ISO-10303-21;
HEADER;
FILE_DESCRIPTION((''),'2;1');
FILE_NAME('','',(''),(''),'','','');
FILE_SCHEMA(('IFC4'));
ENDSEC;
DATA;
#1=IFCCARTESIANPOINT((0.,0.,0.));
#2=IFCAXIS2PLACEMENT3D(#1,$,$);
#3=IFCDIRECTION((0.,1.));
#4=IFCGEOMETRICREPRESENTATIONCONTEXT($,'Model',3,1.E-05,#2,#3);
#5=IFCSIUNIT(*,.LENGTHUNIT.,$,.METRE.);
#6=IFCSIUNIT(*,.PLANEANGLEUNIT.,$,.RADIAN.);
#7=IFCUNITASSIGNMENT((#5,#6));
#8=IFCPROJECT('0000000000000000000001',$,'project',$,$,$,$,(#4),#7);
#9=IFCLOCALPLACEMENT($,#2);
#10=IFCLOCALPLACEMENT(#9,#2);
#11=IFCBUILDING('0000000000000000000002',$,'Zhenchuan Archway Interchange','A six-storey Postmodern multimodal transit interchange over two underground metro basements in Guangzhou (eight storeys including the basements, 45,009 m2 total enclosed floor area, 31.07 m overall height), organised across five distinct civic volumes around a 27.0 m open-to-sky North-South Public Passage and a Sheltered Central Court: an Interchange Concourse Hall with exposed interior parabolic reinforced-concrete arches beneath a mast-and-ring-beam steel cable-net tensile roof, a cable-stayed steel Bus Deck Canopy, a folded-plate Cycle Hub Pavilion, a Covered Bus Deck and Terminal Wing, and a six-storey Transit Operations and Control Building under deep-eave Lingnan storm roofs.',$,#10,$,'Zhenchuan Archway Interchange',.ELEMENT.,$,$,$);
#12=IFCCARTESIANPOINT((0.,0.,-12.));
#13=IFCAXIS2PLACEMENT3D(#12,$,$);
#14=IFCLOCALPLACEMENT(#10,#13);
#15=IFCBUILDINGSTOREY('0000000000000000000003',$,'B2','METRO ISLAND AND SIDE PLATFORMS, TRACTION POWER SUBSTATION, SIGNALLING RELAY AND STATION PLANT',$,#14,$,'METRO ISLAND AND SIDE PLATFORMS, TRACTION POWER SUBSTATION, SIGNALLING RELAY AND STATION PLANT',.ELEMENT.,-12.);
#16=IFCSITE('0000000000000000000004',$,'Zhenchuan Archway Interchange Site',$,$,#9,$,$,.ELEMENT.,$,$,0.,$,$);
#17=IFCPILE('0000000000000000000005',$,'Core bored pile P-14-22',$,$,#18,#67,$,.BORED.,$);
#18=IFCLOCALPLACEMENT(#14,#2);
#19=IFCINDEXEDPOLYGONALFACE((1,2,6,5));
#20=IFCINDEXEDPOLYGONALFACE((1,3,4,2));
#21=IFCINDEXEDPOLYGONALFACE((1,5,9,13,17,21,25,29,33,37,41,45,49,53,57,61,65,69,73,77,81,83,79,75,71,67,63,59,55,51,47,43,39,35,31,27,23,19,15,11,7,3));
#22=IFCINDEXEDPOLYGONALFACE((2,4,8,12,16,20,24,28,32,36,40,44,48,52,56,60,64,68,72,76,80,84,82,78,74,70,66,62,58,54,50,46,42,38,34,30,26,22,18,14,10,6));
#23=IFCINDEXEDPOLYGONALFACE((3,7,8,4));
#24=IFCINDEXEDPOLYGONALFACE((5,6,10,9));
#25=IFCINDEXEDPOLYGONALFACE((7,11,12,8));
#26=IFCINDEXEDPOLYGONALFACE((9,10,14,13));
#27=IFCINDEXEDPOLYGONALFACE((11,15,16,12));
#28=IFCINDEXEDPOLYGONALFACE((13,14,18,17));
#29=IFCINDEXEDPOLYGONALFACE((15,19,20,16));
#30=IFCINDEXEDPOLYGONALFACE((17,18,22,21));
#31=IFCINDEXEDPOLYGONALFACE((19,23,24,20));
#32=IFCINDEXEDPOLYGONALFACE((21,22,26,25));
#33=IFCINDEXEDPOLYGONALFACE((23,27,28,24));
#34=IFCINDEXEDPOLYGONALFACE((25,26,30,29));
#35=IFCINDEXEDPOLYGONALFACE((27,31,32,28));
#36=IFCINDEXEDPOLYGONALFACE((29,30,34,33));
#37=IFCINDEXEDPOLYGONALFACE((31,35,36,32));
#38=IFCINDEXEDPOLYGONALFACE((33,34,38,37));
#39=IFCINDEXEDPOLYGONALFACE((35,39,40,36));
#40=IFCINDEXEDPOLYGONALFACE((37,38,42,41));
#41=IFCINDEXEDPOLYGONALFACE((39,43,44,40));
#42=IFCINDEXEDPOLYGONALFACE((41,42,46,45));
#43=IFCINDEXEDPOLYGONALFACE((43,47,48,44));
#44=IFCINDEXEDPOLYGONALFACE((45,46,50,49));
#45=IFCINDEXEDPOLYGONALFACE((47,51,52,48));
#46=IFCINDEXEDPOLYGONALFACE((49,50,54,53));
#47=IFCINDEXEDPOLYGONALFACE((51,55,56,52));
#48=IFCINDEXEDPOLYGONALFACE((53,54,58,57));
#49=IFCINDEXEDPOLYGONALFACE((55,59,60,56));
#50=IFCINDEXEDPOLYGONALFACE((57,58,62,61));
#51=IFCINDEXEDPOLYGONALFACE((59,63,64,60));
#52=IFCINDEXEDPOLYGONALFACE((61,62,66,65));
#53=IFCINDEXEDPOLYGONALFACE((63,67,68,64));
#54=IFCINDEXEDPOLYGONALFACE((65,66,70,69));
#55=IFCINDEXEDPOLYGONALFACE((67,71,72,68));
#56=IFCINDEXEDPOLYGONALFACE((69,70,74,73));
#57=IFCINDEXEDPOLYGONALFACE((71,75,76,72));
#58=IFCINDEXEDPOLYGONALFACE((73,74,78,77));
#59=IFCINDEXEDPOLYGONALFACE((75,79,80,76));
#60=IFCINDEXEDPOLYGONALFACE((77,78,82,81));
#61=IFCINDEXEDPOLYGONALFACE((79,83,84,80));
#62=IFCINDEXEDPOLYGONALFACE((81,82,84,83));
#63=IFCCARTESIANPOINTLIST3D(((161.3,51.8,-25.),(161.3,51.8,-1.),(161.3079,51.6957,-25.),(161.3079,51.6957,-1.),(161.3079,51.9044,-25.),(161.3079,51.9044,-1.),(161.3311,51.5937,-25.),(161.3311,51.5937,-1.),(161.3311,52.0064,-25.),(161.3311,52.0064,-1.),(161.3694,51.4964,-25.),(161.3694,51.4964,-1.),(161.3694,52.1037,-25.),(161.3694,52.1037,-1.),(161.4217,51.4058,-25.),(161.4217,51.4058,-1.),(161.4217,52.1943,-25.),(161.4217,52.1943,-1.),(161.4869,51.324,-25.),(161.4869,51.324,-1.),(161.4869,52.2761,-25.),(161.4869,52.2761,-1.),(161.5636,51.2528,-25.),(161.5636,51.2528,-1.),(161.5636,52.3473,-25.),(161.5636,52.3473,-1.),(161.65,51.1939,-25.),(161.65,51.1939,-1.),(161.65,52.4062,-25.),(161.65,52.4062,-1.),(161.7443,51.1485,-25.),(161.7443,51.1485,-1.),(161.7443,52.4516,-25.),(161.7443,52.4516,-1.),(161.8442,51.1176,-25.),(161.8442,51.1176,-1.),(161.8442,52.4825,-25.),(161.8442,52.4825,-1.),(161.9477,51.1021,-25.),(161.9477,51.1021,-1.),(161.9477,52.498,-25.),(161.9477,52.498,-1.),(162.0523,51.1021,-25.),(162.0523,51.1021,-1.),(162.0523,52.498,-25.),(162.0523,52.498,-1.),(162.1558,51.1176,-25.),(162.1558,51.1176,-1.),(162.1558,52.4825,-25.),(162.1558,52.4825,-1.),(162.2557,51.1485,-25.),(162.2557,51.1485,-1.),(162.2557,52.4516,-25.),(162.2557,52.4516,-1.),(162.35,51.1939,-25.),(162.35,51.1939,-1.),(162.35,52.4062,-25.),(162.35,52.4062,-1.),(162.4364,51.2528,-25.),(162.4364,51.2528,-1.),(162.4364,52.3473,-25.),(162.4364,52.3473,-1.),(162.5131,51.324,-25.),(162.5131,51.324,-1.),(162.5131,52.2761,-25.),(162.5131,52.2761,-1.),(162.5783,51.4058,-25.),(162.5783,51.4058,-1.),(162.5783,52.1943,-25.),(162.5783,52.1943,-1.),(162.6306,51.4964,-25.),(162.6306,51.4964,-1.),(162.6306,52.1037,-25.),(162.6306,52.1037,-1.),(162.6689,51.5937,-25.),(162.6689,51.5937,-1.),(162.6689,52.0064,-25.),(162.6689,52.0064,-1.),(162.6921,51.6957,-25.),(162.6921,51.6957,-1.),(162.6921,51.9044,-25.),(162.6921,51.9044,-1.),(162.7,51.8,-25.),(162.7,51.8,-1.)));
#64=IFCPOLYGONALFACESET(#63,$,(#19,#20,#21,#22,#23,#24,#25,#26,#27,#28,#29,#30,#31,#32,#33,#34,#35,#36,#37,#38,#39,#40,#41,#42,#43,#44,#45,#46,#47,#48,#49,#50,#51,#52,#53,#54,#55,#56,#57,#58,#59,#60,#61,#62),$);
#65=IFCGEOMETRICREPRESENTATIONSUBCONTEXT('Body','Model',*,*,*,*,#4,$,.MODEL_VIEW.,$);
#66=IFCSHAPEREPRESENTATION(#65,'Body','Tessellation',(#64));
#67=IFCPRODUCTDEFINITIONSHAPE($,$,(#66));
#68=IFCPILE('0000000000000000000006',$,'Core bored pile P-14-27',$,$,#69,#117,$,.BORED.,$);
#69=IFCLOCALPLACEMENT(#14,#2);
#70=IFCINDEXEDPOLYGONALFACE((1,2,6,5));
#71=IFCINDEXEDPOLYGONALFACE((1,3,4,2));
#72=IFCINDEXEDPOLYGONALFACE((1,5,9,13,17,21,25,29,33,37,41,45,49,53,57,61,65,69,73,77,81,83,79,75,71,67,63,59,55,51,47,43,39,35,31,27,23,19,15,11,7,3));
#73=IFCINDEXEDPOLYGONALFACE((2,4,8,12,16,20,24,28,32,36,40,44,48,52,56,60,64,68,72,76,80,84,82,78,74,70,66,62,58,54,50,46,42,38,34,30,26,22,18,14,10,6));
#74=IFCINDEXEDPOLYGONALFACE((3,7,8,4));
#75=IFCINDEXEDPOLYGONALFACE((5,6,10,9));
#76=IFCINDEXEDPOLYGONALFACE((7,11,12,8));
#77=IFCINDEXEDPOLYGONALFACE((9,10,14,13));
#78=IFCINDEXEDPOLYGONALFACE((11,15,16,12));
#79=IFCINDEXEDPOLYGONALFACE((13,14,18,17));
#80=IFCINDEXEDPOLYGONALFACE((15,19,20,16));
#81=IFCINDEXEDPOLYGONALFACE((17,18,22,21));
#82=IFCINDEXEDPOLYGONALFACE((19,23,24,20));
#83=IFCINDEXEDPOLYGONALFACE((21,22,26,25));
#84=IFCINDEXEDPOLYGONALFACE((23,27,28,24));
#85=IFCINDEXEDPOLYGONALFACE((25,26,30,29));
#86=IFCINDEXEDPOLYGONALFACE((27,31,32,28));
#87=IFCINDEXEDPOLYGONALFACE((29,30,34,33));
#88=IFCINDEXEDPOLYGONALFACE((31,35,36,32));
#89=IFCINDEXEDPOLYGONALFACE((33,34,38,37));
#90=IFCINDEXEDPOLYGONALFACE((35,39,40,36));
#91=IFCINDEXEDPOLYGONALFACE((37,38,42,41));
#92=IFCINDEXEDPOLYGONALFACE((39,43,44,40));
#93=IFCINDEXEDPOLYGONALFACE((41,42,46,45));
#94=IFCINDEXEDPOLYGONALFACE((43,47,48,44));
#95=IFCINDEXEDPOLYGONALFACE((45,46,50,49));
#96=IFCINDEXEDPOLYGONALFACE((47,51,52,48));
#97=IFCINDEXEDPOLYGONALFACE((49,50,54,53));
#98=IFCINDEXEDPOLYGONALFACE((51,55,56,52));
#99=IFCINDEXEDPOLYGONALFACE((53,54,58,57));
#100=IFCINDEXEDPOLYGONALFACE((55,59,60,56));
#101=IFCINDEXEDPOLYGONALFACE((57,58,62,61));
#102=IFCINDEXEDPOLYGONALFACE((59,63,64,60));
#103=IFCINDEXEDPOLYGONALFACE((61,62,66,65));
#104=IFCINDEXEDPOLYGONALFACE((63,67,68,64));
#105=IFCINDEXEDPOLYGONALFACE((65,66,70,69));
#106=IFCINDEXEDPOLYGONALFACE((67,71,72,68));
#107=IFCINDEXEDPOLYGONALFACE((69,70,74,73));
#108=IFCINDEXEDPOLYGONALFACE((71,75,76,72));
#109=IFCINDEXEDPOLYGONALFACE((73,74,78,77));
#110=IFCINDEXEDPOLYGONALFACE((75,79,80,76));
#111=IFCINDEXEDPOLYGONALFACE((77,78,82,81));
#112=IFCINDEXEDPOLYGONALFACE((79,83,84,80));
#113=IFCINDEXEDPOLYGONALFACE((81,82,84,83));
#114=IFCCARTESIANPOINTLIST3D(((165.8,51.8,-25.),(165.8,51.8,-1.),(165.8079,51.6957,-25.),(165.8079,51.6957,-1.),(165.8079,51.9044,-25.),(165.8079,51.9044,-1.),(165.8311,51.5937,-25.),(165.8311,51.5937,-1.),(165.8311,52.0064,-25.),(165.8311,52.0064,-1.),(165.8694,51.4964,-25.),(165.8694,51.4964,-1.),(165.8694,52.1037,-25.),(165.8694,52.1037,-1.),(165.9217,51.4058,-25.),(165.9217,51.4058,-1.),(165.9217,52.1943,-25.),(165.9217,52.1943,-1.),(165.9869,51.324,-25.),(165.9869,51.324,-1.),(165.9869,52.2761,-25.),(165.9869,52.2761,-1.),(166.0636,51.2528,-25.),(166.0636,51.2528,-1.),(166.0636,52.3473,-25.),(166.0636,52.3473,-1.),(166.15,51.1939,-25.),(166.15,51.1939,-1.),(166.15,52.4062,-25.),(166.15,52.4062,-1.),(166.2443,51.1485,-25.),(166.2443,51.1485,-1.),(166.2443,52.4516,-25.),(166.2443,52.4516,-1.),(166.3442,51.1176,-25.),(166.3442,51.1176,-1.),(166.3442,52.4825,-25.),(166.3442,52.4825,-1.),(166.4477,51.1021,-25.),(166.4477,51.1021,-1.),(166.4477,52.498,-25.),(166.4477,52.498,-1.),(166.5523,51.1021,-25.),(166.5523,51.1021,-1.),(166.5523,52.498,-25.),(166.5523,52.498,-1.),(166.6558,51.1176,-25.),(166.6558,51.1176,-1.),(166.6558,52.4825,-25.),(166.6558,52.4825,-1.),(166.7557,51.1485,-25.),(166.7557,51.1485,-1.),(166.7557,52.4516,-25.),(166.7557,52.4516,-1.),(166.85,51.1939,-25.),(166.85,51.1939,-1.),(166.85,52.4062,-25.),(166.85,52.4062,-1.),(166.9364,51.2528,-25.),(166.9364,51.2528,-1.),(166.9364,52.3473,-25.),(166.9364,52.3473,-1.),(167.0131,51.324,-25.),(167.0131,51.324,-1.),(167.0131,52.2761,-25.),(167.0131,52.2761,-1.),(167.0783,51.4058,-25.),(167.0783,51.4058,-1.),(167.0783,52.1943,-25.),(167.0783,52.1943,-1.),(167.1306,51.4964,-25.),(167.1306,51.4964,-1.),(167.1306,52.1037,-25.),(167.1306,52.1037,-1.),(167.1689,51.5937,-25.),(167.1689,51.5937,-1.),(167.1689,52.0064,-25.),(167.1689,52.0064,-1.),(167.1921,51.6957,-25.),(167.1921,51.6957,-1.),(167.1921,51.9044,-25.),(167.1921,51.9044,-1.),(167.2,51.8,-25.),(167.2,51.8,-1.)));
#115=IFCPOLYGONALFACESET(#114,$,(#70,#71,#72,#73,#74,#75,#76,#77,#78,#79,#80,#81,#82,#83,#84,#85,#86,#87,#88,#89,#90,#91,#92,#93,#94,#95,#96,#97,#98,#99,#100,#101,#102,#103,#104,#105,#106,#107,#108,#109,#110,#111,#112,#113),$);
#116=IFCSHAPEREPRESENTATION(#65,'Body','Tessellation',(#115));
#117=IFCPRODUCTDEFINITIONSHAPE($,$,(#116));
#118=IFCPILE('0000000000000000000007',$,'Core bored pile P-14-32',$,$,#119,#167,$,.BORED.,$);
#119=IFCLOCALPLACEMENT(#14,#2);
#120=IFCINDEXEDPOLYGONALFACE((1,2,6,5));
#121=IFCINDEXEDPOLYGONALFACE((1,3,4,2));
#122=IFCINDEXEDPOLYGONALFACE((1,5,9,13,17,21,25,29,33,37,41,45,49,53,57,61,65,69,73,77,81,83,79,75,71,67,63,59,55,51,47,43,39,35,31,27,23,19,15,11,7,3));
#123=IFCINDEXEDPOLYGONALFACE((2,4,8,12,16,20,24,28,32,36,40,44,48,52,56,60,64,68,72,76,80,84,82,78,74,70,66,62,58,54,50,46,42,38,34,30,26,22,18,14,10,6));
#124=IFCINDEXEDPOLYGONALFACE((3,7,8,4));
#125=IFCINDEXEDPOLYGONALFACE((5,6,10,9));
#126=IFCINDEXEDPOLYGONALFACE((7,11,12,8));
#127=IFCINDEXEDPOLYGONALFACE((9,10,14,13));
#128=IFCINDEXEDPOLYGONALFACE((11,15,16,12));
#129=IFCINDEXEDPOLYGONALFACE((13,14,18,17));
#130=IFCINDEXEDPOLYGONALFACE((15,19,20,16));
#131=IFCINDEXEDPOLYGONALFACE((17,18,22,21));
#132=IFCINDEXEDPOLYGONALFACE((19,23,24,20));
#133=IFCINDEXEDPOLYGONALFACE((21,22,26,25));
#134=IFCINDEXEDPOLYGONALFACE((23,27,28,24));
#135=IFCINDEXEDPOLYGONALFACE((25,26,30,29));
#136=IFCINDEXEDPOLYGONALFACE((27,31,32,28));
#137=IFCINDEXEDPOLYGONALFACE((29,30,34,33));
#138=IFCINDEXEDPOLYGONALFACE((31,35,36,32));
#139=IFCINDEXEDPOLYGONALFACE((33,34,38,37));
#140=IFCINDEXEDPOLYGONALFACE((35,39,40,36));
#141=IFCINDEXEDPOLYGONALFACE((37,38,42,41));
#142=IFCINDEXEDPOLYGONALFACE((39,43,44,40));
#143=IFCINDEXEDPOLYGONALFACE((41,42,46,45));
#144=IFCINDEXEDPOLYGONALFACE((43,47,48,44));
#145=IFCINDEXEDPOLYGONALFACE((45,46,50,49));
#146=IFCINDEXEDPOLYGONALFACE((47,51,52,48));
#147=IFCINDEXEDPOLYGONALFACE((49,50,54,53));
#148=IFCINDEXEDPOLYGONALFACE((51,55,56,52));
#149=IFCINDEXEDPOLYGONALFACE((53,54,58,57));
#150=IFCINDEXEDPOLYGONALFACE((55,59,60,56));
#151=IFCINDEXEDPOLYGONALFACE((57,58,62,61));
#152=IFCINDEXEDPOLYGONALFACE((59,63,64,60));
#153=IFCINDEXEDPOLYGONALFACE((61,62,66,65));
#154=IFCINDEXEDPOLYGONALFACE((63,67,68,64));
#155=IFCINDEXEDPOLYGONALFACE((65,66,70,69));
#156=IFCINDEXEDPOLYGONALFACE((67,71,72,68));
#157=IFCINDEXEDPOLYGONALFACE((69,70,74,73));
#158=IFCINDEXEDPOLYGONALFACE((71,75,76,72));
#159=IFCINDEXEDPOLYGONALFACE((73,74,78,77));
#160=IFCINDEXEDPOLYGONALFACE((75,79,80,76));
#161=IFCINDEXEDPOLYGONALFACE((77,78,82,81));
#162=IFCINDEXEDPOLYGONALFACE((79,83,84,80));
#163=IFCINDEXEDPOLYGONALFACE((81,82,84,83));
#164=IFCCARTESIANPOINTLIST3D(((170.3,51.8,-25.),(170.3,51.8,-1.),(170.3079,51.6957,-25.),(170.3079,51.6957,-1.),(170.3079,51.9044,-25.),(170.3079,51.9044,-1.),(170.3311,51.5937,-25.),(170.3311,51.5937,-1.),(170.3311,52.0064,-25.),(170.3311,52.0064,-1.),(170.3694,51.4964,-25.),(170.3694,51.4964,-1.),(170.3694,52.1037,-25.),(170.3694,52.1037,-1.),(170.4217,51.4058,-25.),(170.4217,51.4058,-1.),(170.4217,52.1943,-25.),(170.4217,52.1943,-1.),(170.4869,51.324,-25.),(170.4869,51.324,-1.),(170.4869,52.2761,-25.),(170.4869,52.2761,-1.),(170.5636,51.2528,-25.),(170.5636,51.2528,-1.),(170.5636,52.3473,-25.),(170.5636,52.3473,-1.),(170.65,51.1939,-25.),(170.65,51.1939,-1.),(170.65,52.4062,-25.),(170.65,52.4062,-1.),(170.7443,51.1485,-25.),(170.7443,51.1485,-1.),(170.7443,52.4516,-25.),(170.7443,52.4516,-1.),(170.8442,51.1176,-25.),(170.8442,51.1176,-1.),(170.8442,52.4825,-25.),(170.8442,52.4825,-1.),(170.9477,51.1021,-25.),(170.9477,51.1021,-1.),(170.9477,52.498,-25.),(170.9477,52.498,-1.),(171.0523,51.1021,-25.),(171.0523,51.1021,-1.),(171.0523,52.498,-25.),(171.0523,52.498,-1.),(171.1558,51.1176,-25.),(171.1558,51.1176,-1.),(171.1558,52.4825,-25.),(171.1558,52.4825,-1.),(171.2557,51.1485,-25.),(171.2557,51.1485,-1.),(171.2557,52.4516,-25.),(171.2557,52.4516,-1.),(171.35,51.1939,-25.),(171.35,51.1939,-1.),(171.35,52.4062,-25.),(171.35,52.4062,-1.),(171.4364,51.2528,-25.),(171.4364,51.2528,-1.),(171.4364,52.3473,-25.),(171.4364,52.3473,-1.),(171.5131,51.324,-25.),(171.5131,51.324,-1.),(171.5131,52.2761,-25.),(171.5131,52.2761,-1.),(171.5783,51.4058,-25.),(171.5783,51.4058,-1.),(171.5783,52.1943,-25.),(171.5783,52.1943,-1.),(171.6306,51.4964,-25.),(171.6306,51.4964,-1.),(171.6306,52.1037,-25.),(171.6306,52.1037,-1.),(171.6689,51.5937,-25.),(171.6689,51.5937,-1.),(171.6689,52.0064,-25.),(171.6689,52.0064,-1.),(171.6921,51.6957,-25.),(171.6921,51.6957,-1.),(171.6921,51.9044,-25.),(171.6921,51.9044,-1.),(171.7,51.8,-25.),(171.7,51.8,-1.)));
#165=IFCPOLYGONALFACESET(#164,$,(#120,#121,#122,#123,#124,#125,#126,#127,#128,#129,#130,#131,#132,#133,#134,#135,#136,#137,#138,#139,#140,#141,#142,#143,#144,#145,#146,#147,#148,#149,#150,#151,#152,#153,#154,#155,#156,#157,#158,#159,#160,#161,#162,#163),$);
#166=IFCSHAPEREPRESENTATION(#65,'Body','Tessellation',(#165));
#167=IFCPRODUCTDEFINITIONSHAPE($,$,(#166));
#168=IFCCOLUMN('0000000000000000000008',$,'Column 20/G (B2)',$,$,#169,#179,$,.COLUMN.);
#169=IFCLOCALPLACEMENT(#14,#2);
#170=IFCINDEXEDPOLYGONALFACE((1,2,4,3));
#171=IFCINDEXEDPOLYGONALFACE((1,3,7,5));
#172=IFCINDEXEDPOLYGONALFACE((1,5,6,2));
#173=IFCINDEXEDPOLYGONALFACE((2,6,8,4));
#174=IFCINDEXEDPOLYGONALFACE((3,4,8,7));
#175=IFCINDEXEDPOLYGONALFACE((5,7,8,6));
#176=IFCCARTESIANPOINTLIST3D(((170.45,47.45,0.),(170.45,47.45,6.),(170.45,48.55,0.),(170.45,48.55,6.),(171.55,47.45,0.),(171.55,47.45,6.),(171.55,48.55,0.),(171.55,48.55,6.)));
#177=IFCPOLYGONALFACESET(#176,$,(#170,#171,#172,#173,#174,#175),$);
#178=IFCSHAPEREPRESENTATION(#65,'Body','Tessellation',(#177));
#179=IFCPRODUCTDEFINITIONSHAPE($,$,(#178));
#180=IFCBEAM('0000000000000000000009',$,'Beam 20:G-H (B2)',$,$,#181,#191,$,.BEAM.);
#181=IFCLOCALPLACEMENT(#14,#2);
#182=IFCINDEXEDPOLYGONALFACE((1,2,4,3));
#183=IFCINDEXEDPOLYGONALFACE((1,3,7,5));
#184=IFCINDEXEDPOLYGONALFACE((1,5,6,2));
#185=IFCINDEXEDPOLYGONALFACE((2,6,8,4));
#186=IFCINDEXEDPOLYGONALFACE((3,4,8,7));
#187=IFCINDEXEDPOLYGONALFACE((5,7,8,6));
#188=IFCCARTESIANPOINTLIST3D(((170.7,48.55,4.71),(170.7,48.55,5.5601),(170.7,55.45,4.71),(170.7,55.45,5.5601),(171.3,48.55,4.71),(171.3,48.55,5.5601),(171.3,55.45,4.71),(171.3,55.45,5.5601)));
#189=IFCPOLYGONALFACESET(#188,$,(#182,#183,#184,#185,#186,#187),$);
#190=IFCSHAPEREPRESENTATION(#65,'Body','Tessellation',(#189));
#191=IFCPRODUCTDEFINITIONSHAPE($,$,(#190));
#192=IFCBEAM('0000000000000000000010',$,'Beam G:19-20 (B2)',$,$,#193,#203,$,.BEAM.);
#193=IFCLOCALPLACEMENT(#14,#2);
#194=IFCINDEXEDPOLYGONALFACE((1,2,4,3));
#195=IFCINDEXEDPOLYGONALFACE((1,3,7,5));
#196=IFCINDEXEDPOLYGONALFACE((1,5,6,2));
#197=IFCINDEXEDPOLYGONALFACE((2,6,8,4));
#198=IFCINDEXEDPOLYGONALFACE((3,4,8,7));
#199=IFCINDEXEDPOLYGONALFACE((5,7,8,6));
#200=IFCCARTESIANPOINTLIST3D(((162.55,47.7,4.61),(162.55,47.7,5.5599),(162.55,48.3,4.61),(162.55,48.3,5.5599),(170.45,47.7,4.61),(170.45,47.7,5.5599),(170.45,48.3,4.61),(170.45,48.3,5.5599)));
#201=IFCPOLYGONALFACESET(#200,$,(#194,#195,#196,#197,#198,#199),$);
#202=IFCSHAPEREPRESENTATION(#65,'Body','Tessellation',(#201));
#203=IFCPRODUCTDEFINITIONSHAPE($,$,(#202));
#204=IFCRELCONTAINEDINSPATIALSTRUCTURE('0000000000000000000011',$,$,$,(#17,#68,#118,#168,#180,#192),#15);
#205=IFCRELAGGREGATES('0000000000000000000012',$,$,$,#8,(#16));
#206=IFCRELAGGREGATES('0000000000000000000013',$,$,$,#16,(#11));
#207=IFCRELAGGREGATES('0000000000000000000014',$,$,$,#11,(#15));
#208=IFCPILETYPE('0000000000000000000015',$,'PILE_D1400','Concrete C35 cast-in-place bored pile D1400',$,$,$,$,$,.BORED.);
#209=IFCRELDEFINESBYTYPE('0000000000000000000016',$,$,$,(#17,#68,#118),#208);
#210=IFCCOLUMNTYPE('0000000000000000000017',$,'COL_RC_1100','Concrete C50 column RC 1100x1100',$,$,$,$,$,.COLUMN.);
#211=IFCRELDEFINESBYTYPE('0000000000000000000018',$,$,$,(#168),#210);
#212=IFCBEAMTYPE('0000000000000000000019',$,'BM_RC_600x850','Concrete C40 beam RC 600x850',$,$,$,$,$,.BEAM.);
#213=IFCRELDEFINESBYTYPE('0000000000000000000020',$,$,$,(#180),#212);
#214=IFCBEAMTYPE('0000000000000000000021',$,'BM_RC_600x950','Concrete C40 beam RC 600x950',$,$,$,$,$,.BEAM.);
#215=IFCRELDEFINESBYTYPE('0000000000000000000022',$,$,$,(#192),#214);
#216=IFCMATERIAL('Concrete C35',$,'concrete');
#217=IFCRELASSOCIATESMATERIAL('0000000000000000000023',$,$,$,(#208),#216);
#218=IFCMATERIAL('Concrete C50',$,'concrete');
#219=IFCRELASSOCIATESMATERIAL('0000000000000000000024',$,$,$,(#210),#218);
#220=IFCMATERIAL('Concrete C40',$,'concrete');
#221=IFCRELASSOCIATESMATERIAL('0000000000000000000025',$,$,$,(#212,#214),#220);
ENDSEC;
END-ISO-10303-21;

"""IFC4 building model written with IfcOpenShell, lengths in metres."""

from ifc_helpers import new_model, si_unit, direction, frame, origin, origin_2d, place, context, subcontext, project, spatial, rectangle, circle, extrude, material, material_profile, profile_set, type_object, element, save


model = new_model("IFC4")

# Units and contexts
model_context = context("Model", 3, precision=1e-05, world=origin(), true_north=direction((0.0, 1.0)))
body_context = subcontext(model_context, "Body", "Model", "MODEL_VIEW")
ifc_project = project(units=[si_unit("LENGTHUNIT", "METRE"), si_unit("PLANEANGLEUNIT", "RADIAN")], contexts=[model_context])

# Site, building, storey
site_placement = place(None, origin())
site = spatial("IfcSite", under=ifc_project, at=site_placement, Name="Zhenchuan Archway Interchange Site", CompositionType="ELEMENT", RefElevation=0.0)
building_placement = place(site_placement, origin())
building = spatial("IfcBuilding", under=site, at=building_placement, Name="Zhenchuan Archway Interchange", Description="A six-storey Postmodern multimodal transit interchange over two underground metro basements in Guangzhou (eight storeys including the basements, 45,009 m2 total enclosed floor area, 31.07 m overall height), organised across five distinct civic volumes around a 27.0 m open-to-sky North-South Public Passage and a Sheltered Central Court: an Interchange Concourse Hall with exposed interior parabolic reinforced-concrete arches beneath a mast-and-ring-beam steel cable-net tensile roof, a cable-stayed steel Bus Deck Canopy, a folded-plate Cycle Hub Pavilion, a Covered Bus Deck and Terminal Wing, and a six-storey Transit Operations and Control Building under deep-eave Lingnan storm roofs.", LongName="Zhenchuan Archway Interchange", CompositionType="ELEMENT")
storey_placement = place(building_placement, frame((0.0, 0.0, -12.0)))
storey = spatial("IfcBuildingStorey", under=building, at=storey_placement, Name="B2", Description="METRO ISLAND AND SIDE PLATFORMS, TRACTION POWER SUBSTATION, SIGNALLING RELAY AND STATION PLANT", LongName="METRO ISLAND AND SIDE PLATFORMS, TRACTION POWER SUBSTATION, SIGNALLING RELAY AND STATION PLANT", CompositionType="ELEMENT", Elevation=-12.0)

# Piles
ifc_material_1 = material(Name="Concrete C35", Category="concrete")
ifc_material_profile_1 = material_profile(ifc_material_1, circle(Radius=0.7, at=origin_2d()), Name="BORED PILE 1400")
ifc_profile_set_1 = profile_set([ifc_material_profile_1], Name="Concrete C35")
pile_type = type_object("IfcPileType", Name="PILE_D1400", Description="Concrete C35 cast-in-place bored pile D1400", PredefinedType="BORED", material=ifc_profile_set_1)
for number, where, z_axis, x_axis, name in (
    (1, (162.0, 51.8, -1.0), (0.0, 0.0, -1.0), (1.0, 0.0, 0.0), "Core bored pile P-14-22"),
    (2, (166.5, 51.8, -1.0), (0.0, 0.0, -1.0), (1.0, 0.0, 0.0), "Core bored pile P-14-27"),
    (3, (171.0, 51.8, -1.0), (0.0, 0.0, -1.0), (1.0, 0.0, 0.0), "Core bored pile P-14-32"),
):
    element("IfcPile", number, at=place(storey_placement, frame(where, z_axis=z_axis, x_axis=x_axis)), inside=storey, type_object=pile_type, Name=name, PredefinedType="BORED", context=body_context, shape_type="SweptSolid", body=[
        extrude(circle(Radius=0.7, at=origin_2d()), origin(), (0.0, 0.0, 1.0), 24.0),
    ])

# Column
ifc_material_2 = material(Name="Concrete C50", Category="concrete")
ifc_material_profile_2 = material_profile(ifc_material_2, rectangle(XDim=1.1001, YDim=1.1001, at=origin_2d()), Name="RC 1100x1100")
ifc_profile_set_2 = profile_set([ifc_material_profile_2], Name="Concrete C50")
column_type = type_object("IfcColumnType", Name="COL_RC_1100", Description="Concrete C50 column RC 1100x1100", PredefinedType="COLUMN", material=ifc_profile_set_2)
column_placement = place(storey_placement, frame((171.0, 48.0, 0.0), z_axis=(0.0, 0.0, 1.0), x_axis=(1.0, 0.0, 0.0)))
element("IfcColumn", 4, at=column_placement, inside=storey, type_object=column_type, Name="Column 20/G (B2)", PredefinedType="COLUMN", context=body_context, shape_type="SweptSolid", body=[
    extrude(rectangle(XDim=1.1001, YDim=1.1001, at=origin_2d()), origin(), (0.0, 0.0, 1.0), 6.0),
])

# Beams
ifc_material_3 = material(Name="Concrete C40", Category="concrete")
ifc_material_profile_3 = material_profile(ifc_material_3, rectangle(XDim=0.6001, YDim=0.8501, at=origin_2d()), Name="RC 600x850")
ifc_profile_set_3 = profile_set([ifc_material_profile_3], Name="Concrete C40")
beam_type_1 = type_object("IfcBeamType", Name="BM_RC_600x850", Description="Concrete C40 beam RC 600x850", PredefinedType="BEAM", material=ifc_profile_set_3)
beam_1_placement = place(storey_placement, frame((171.0, 48.55, 5.135), z_axis=(0.0, 1.0, 0.0), x_axis=(-1.0, 0.0, 0.0)))
element("IfcBeam", 5, at=beam_1_placement, inside=storey, type_object=beam_type_1, Name="Beam 20:G-H (B2)", PredefinedType="BEAM", context=body_context, shape_type="SweptSolid", body=[
    extrude(rectangle(XDim=0.6001, YDim=0.8501, at=origin_2d()), origin(), (0.0, 0.0, 1.0), 6.8999),
])
ifc_material_profile_4 = material_profile(ifc_material_3, rectangle(XDim=0.6001, YDim=0.95, at=origin_2d()), Name="RC 600x950")
ifc_profile_set_4 = profile_set([ifc_material_profile_4], Name="Concrete C40")
beam_type_2 = type_object("IfcBeamType", Name="BM_RC_600x950", Description="Concrete C40 beam RC 600x950", PredefinedType="BEAM", material=ifc_profile_set_4)
beam_2_placement = place(storey_placement, frame((162.55, 48.0, 5.085), z_axis=(1.0, 0.0, 0.0), x_axis=(0.0, 1.0, 0.0)))
element("IfcBeam", 6, at=beam_2_placement, inside=storey, type_object=beam_type_2, Name="Beam G:19-20 (B2)", PredefinedType="BEAM", context=body_context, shape_type="SweptSolid", body=[
    extrude(rectangle(XDim=0.6001, YDim=0.95, at=origin_2d()), origin(), (0.0, 0.0, 1.0), 7.8999),
])

save(model, "model.ifc")
